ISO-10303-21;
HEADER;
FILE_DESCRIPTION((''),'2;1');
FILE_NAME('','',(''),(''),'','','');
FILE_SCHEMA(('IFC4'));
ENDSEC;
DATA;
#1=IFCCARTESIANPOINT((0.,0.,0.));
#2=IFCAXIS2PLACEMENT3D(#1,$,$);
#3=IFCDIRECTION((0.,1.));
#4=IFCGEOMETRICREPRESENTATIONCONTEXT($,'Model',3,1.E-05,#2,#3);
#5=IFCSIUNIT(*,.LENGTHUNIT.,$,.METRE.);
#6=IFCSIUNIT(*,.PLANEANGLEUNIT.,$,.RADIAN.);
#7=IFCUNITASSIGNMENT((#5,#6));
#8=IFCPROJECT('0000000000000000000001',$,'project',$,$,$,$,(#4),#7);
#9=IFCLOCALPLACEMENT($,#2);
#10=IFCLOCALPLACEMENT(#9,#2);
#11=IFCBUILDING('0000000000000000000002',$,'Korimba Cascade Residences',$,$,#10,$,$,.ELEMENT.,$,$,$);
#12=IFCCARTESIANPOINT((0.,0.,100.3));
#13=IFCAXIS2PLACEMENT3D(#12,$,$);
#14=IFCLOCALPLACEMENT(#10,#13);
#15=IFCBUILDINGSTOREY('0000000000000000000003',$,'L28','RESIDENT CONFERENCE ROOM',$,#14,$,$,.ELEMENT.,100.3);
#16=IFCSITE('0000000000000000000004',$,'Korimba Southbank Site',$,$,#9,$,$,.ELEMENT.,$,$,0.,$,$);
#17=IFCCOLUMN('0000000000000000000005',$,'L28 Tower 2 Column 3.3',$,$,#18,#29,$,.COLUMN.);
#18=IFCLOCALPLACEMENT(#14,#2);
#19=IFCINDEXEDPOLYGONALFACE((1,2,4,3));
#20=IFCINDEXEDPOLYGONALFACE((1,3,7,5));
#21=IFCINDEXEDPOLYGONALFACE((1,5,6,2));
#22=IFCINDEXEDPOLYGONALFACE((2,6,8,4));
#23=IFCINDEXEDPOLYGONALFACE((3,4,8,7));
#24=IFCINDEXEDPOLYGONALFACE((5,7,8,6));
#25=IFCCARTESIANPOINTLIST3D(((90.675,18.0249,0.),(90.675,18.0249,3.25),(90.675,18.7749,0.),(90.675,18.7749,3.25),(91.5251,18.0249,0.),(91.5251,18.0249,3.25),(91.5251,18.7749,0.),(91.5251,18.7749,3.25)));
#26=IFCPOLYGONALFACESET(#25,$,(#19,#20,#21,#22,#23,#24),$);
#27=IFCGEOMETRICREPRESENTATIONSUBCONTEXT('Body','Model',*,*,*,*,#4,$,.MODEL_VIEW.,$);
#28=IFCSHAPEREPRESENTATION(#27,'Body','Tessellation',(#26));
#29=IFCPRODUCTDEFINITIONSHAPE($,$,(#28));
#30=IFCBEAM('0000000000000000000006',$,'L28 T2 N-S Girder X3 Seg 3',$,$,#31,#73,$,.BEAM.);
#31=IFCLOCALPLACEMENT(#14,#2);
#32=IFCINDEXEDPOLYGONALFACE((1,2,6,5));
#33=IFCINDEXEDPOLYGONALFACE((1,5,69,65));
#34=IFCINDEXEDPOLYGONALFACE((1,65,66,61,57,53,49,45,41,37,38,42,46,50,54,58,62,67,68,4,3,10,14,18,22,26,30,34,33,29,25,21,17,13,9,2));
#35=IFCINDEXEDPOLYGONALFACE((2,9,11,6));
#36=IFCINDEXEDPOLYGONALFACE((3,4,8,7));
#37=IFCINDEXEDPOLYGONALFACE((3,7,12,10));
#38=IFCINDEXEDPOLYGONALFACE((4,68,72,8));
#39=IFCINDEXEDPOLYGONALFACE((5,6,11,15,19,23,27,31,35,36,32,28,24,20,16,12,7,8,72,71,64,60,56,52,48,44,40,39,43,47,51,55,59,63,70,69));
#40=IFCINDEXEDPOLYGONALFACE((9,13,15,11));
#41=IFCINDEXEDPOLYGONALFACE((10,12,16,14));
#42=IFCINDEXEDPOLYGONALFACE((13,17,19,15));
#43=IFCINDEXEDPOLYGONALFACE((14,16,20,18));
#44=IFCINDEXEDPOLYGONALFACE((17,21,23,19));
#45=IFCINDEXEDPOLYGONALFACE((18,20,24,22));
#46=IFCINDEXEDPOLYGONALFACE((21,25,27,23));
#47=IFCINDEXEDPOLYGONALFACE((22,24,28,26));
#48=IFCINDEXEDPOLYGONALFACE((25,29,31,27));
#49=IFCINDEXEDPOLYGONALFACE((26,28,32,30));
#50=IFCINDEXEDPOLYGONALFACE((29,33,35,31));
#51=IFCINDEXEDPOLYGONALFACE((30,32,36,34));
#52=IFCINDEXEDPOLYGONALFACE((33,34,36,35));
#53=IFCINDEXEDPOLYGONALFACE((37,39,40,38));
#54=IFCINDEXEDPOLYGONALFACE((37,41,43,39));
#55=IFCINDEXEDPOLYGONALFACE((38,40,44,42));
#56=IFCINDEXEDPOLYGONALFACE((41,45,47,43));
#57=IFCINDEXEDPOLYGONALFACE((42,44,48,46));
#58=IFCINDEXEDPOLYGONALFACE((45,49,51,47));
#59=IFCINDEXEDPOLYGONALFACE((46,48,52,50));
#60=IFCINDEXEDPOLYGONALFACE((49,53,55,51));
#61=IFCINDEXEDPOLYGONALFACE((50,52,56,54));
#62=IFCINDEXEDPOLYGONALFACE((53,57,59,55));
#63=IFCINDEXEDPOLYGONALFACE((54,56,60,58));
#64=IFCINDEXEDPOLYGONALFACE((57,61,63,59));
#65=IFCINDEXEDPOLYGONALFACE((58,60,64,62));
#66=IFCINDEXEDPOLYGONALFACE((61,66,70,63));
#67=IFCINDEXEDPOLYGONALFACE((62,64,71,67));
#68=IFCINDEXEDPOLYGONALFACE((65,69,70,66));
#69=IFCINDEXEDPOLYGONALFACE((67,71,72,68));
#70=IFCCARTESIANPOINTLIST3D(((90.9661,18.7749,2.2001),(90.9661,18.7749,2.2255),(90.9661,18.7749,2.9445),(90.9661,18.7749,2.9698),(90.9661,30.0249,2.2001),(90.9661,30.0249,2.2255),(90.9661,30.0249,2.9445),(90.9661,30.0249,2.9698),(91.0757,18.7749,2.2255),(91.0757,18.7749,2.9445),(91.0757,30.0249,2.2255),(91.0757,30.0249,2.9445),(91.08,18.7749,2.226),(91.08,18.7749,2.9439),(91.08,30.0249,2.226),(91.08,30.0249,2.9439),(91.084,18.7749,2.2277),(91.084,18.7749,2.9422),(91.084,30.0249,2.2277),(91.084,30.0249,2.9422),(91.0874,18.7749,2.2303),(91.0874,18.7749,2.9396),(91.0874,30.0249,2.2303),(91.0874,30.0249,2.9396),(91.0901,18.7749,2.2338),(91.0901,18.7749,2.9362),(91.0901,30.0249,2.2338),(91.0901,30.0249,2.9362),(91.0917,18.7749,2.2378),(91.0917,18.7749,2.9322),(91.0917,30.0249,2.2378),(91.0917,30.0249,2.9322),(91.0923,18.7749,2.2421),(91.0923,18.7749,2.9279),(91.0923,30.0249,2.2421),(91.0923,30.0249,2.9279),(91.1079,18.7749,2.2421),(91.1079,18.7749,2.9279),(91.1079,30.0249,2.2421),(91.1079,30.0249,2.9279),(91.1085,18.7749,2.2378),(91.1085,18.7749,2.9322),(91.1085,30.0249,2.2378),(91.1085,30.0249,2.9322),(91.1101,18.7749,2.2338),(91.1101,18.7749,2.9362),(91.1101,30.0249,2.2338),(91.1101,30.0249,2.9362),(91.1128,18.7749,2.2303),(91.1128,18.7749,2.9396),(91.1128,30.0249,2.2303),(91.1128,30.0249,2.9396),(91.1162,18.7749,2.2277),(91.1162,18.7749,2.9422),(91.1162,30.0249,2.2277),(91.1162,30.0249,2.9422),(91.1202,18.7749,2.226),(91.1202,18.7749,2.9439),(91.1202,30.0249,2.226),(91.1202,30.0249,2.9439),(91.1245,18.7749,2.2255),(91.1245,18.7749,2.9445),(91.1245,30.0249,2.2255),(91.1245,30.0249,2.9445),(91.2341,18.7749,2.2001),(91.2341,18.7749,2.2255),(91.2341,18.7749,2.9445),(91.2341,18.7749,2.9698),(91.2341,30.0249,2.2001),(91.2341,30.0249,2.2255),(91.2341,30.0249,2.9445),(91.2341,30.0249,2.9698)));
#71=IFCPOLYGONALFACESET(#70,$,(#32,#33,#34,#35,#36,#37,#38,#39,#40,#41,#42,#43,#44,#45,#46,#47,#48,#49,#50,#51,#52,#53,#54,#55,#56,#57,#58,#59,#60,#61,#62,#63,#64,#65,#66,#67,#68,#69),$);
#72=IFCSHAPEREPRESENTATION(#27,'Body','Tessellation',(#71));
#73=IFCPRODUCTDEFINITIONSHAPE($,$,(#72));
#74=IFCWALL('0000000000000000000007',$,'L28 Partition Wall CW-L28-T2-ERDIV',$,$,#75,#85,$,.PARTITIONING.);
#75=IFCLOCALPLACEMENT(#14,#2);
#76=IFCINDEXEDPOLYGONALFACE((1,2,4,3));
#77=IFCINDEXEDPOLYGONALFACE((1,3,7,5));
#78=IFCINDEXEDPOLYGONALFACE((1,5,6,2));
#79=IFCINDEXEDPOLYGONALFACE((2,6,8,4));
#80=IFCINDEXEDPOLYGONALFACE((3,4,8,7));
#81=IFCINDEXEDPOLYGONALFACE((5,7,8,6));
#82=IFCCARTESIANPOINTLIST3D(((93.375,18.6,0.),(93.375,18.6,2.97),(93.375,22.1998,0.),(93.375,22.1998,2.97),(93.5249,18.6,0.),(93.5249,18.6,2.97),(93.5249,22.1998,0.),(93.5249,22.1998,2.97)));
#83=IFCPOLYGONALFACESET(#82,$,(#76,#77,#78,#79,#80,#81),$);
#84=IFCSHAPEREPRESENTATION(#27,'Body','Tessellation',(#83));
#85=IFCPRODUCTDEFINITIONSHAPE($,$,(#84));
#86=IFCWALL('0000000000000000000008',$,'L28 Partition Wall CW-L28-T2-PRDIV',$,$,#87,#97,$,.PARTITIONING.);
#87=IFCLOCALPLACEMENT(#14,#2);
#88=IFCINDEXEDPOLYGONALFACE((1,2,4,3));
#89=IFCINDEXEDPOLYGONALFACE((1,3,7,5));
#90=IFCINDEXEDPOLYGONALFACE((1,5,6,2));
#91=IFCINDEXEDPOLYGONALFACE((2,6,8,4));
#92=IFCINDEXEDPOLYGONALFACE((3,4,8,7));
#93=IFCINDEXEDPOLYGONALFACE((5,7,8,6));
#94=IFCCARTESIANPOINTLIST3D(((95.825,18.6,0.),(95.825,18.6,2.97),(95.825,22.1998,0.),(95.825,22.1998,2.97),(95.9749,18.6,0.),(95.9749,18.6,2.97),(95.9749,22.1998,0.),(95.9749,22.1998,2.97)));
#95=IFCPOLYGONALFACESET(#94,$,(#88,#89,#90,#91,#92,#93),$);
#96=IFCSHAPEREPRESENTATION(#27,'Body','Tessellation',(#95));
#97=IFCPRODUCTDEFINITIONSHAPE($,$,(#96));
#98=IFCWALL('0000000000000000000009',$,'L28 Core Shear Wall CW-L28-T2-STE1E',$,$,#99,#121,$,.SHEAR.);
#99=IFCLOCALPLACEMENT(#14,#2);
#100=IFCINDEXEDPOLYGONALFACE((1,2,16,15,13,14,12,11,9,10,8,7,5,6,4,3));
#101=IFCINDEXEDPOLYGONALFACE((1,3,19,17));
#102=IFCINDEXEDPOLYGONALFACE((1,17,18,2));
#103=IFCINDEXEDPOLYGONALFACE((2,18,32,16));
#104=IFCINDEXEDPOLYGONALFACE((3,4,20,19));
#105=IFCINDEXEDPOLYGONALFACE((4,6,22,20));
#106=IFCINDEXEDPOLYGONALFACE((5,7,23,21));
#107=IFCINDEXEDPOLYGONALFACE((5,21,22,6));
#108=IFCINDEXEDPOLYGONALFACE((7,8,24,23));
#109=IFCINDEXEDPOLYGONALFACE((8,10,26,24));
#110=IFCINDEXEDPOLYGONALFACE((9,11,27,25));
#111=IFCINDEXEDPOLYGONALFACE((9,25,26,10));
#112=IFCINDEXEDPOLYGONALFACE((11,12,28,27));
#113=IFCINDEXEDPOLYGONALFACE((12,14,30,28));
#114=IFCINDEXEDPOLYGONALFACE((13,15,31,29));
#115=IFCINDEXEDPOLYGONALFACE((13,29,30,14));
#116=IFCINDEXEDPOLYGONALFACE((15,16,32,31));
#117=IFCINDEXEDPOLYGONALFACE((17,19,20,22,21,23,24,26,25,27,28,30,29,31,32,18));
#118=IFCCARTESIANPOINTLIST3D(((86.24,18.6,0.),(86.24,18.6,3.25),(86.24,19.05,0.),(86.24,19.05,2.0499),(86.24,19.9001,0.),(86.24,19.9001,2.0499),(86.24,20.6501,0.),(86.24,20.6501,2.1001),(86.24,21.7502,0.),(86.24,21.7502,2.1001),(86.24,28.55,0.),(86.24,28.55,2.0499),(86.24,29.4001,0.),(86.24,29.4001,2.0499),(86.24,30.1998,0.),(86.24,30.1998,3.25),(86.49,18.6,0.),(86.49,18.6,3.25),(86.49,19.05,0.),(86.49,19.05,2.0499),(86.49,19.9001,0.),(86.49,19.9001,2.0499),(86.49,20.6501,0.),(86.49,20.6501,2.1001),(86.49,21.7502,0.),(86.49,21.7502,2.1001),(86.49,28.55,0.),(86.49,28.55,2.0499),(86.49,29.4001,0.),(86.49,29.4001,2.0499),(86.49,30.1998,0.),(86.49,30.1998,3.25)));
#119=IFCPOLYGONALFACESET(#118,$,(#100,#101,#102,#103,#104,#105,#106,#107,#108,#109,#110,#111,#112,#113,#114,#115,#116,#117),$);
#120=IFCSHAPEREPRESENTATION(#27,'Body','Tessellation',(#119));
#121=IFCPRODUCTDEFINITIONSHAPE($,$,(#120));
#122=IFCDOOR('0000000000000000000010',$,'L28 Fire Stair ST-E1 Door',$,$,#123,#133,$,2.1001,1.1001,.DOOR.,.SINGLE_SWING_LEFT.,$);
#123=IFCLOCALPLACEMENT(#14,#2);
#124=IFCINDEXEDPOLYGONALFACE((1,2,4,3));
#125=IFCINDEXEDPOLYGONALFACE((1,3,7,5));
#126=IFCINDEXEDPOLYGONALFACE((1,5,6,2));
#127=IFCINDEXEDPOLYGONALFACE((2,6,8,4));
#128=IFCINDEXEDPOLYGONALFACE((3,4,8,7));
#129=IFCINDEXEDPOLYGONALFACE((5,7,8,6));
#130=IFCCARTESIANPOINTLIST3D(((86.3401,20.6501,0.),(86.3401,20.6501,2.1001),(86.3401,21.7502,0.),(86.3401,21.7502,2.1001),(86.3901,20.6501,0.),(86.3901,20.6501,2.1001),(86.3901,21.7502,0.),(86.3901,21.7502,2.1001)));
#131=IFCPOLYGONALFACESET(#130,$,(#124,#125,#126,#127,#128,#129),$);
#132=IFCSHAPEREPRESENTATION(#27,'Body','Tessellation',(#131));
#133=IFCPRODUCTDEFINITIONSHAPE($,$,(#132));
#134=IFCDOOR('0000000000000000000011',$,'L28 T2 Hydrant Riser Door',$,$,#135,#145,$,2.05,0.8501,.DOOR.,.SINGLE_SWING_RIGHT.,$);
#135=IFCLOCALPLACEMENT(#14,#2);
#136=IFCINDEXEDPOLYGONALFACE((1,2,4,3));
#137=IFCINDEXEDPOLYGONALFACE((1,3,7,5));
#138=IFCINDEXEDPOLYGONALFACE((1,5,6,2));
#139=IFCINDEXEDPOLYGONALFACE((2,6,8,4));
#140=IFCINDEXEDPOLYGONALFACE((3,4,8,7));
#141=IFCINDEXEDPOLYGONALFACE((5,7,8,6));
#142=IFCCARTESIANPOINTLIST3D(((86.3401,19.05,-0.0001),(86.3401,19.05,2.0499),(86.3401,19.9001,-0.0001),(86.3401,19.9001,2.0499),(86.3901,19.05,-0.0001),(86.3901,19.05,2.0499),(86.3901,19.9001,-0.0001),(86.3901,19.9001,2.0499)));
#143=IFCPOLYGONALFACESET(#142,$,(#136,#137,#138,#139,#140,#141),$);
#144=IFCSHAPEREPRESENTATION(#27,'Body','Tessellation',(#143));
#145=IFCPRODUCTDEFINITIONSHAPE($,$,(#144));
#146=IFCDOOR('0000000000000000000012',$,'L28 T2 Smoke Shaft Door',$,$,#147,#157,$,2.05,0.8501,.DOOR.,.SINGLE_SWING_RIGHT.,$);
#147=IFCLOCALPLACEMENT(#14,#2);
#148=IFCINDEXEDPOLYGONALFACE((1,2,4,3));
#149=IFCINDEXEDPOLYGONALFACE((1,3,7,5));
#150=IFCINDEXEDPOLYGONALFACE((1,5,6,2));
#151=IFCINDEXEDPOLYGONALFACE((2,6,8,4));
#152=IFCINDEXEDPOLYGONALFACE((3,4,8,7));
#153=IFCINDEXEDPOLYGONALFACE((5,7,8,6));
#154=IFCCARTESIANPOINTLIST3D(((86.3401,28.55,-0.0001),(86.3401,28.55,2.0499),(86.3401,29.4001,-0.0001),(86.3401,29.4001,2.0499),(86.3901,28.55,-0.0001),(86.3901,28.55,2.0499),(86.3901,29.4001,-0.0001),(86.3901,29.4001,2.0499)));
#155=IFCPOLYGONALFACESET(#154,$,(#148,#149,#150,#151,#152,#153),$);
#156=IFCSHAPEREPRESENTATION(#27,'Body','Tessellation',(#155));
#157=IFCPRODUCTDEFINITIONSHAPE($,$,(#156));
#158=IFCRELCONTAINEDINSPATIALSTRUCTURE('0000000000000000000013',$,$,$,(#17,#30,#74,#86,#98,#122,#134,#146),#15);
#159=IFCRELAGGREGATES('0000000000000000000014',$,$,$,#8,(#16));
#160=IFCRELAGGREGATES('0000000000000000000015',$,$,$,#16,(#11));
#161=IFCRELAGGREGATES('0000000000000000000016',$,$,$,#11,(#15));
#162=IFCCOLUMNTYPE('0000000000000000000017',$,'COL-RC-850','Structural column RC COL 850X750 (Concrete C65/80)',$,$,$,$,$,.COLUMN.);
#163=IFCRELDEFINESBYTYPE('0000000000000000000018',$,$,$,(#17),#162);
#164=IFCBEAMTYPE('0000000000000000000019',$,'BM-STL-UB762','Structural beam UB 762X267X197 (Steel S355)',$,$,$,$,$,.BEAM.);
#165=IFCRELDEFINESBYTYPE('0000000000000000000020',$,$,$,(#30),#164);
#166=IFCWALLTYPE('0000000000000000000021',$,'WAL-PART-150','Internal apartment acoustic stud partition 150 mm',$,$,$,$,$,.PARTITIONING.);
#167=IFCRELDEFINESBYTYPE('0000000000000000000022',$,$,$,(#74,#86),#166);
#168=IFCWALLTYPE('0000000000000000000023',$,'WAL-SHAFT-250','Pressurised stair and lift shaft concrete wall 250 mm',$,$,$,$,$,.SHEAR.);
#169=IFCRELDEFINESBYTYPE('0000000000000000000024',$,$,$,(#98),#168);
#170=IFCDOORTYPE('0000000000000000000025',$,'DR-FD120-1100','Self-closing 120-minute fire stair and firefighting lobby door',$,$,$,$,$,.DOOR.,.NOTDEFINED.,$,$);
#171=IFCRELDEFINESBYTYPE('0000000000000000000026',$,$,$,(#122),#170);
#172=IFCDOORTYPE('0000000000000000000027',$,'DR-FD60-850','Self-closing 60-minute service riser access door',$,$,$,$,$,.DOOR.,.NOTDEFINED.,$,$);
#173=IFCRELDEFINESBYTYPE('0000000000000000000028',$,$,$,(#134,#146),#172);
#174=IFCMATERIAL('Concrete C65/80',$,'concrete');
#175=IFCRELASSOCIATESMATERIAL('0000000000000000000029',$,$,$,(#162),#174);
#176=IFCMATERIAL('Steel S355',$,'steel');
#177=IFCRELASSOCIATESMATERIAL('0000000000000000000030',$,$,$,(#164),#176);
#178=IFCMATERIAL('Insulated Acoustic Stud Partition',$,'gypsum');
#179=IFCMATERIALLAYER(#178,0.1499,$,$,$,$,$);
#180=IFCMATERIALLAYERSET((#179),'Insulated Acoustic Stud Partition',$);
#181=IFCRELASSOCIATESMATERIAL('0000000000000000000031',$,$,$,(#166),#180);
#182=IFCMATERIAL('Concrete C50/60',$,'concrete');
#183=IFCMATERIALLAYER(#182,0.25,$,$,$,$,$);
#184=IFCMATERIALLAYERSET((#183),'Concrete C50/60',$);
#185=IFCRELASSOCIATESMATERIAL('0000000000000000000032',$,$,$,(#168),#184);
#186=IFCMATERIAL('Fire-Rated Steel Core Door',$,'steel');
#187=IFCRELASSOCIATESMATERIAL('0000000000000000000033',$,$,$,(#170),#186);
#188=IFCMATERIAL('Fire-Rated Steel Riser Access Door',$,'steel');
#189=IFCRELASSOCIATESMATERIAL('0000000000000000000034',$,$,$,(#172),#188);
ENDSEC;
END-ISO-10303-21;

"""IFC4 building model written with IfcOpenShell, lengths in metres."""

from ifc_helpers import new_model, si_unit, direction, frame, frame_2d, origin, origin_2d, place, context, subcontext, project, spatial, rectangle, i_section, extrude, material, layer, layer_set, material_profile, profile_set, type_object, element, fill, save


model = new_model("IFC4")

# Units and contexts
model_context = context("Model", 3, precision=1e-05, world=origin(), true_north=direction((0.0, 1.0)))
body_context = subcontext(model_context, "Body", "Model", "MODEL_VIEW")
ifc_project = project(units=[si_unit("LENGTHUNIT", "METRE"), si_unit("PLANEANGLEUNIT", "RADIAN")], contexts=[model_context])

# Site, building, storey
site_placement = place(None, origin())
site = spatial("IfcSite", under=ifc_project, at=site_placement, Name="Korimba Southbank Site", CompositionType="ELEMENT", RefElevation=0.0)
building_placement = place(site_placement, origin())
building = spatial("IfcBuilding", under=site, at=building_placement, Name="Korimba Cascade Residences", CompositionType="ELEMENT")
storey_placement = place(building_placement, frame((0.0, 0.0, 100.3)))
storey = spatial("IfcBuildingStorey", under=building, at=storey_placement, Name="L28", Description="RESIDENT CONFERENCE ROOM", CompositionType="ELEMENT", Elevation=100.3)

# Column
ifc_material_1 = material(Name="Concrete C65/80", Category="concrete")
ifc_material_profile_1 = material_profile(ifc_material_1, rectangle(XDim=0.8501, YDim=0.75, at=origin_2d()), Name="Concrete C65/80")
ifc_profile_set_1 = profile_set([ifc_material_profile_1], Name="Concrete C65/80")
column_type = type_object("IfcColumnType", Name="COL-RC-850", Description="Structural column RC COL 850X750 (Concrete C65/80)", PredefinedType="COLUMN", material=ifc_profile_set_1)
column_placement = place(storey_placement, frame((91.1001, 18.3999, 0.0), z_axis=(0.0, 0.0, 1.0), x_axis=(1.0, 0.0, 0.0)))
element("IfcColumn", 1, at=column_placement, inside=storey, type_object=column_type, Name="L28 Tower 2 Column 3.3", PredefinedType="COLUMN", context=body_context, shape_type="SweptSolid", body=[
    extrude(rectangle(XDim=0.8501, YDim=0.75, at=origin_2d()), origin(), (0.0, 0.0, 1.0), 3.25),
])

# Beam
ifc_material_2 = material(Name="Steel S355", Category="steel")
ifc_material_profile_2 = material_profile(ifc_material_2, i_section(OverallWidth=0.2681, OverallDepth=0.7698, WebThickness=0.0156, FlangeThickness=0.0254, FilletRadius=0.0166, at=origin_2d()), Name="Steel S355")
ifc_profile_set_2 = profile_set([ifc_material_profile_2], Name="Steel S355")
beam_type = type_object("IfcBeamType", Name="BM-STL-UB762", Description="Structural beam UB 762X267X197 (Steel S355)", PredefinedType="BEAM", material=ifc_profile_set_2)
beam_placement = place(storey_placement, frame((91.1001, 18.7749, 2.585), z_axis=(0.0, 1.0, 0.0), x_axis=(-1.0, 0.0, 0.0)))
element("IfcBeam", 2, at=beam_placement, inside=storey, type_object=beam_type, Name="L28 T2 N-S Girder X3 Seg 3", PredefinedType="BEAM", context=body_context, shape_type="SweptSolid", body=[
    extrude(i_section(OverallWidth=0.2681, OverallDepth=0.7698, WebThickness=0.0156, FlangeThickness=0.0254, FilletRadius=0.0166, at=origin_2d()), origin(), (0.0, 0.0, 1.0), 11.25),
])

# Walls
ifc_material_3 = material(Name="Insulated Acoustic Stud Partition", Category="gypsum")
ifc_layer_1 = layer(ifc_material_3, 0.1499)
ifc_layer_set_1 = layer_set([ifc_layer_1], Name="Insulated Acoustic Stud Partition")
wall_type_1 = type_object("IfcWallType", Name="WAL-PART-150", Description="Internal apartment acoustic stud partition 150 mm", PredefinedType="PARTITIONING", material=ifc_layer_set_1)
for number, where, z_axis, x_axis, name in (
    (3, (93.45, 18.6001, 0.0), (0.0, 0.0, 1.0), (0.0, 1.0, 0.0), "L28 Partition Wall CW-L28-T2-ERDIV"),
    (4, (95.8999, 18.6001, 0.0), (0.0, 0.0, 1.0), (0.0, 1.0, 0.0), "L28 Partition Wall CW-L28-T2-PRDIV"),
):
    element("IfcWall", number, at=place(storey_placement, frame(where, z_axis=z_axis, x_axis=x_axis)), inside=storey, type_object=wall_type_1, Name=name, PredefinedType="PARTITIONING", context=body_context, shape_type="SweptSolid", body=[
        extrude(rectangle(XDim=3.5999, YDim=0.1499, at=frame_2d((1.7998, 0.0))), origin(), (0.0, 0.0, 1.0), 2.97),
    ])

# Wall, openings, doors
ifc_material_4 = material(Name="Concrete C50/60", Category="concrete")
ifc_layer_2 = layer(ifc_material_4, 0.25)
ifc_layer_set_2 = layer_set([ifc_layer_2], Name="Concrete C50/60")
wall_type_2 = type_object("IfcWallType", Name="WAL-SHAFT-250", Description="Pressurised stair and lift shaft concrete wall 250 mm", PredefinedType="SHEAR", material=ifc_layer_set_2)
wall_1_placement = place(storey_placement, frame((86.365, 18.6001, 0.0), z_axis=(0.0, 0.0, 1.0), x_axis=(0.0, 1.0, 0.0)))
wall_1 = element("IfcWall", 5, at=wall_1_placement, inside=storey, type_object=wall_type_2, Name="L28 Core Shear Wall CW-L28-T2-STE1E", PredefinedType="SHEAR", context=body_context, shape_type="SweptSolid", body=[
    extrude(rectangle(XDim=11.5999, YDim=0.25, at=frame_2d((5.7998, 0.0))), origin(), (0.0, 0.0, 1.0), 3.25),
])
opening_1_placement = place(wall_1_placement, frame((0.45, 0.0, 0.0)))
opening_1 = element("IfcOpeningElement", 6, at=opening_1_placement, cuts=wall_1, PredefinedType="OPENING", context=body_context, shape_type="SweptSolid", body=[
    extrude(rectangle(XDim=0.8501, YDim=2.05, at=frame_2d((0.425, 1.0249))), frame((0.0, 0.135, 0.0), z_axis=(0.0, -1.0, 0.0), x_axis=(1.0, 0.0, 0.0)), (0.0, 0.0, 1.0), 0.27),
])
opening_2_placement = place(wall_1_placement, frame((2.05, 0.0, 0.0)))
opening_2 = element("IfcOpeningElement", 7, at=opening_2_placement, cuts=wall_1, PredefinedType="OPENING", context=body_context, shape_type="SweptSolid", body=[
    extrude(rectangle(XDim=1.1001, YDim=2.1001, at=frame_2d((0.55, 1.05))), frame((0.0, 0.135, 0.0), z_axis=(0.0, -1.0, 0.0), x_axis=(1.0, 0.0, 0.0)), (0.0, 0.0, 1.0), 0.27),
])
opening_3_placement = place(wall_1_placement, frame((9.95, 0.0, 0.0)))
opening_3 = element("IfcOpeningElement", 8, at=opening_3_placement, cuts=wall_1, PredefinedType="OPENING", context=body_context, shape_type="SweptSolid", body=[
    extrude(rectangle(XDim=0.8501, YDim=2.05, at=frame_2d((0.425, 1.0249))), frame((0.0, 0.135, 0.0), z_axis=(0.0, -1.0, 0.0), x_axis=(1.0, 0.0, 0.0)), (0.0, 0.0, 1.0), 0.27),
])
ifc_material_5 = material(Name="Fire-Rated Steel Core Door", Category="steel")
door_type_1 = type_object("IfcDoorType", Name="DR-FD120-1100", Description="Self-closing 120-minute fire stair and firefighting lobby door", OperationType="NOTDEFINED", PredefinedType="DOOR", material=ifc_material_5)
door_1_placement = place(opening_2_placement, origin())
door_1 = element("IfcDoor", 9, at=door_1_placement, inside=storey, type_object=door_type_1, Name="L28 Fire Stair ST-E1 Door", OperationType="SINGLE_SWING_LEFT", OverallHeight=2.1001, OverallWidth=1.1001, PredefinedType="DOOR", context=body_context, shape_type="SweptSolid", body=[
    extrude(rectangle(XDim=1.1001, YDim=2.1001, at=frame_2d((0.55, 1.05))), frame((0.0, 0.0249, 0.0), z_axis=(0.0, -1.0, 0.0), x_axis=(1.0, 0.0, 0.0)), (0.0, 0.0, 1.0), 0.05),
])
fill(opening_2, door_1)
ifc_material_6 = material(Name="Fire-Rated Steel Riser Access Door", Category="steel")
door_type_2 = type_object("IfcDoorType", Name="DR-FD60-850", Description="Self-closing 60-minute service riser access door", OperationType="NOTDEFINED", PredefinedType="DOOR", material=ifc_material_6)
door_2_placement = place(opening_1_placement, origin())
door_2 = element("IfcDoor", 10, at=door_2_placement, inside=storey, type_object=door_type_2, Name="L28 T2 Hydrant Riser Door", OperationType="SINGLE_SWING_RIGHT", OverallHeight=2.05, OverallWidth=0.8501, PredefinedType="DOOR", context=body_context, shape_type="SweptSolid", body=[
    extrude(rectangle(XDim=0.8501, YDim=2.05, at=frame_2d((0.425, 1.0249))), frame((0.0, 0.0249, 0.0), z_axis=(0.0, -1.0, 0.0), x_axis=(1.0, 0.0, 0.0)), (0.0, 0.0, 1.0), 0.05),
])
fill(opening_1, door_2)
door_3_placement = place(opening_3_placement, origin())
door_3 = element("IfcDoor", 11, at=door_3_placement, inside=storey, type_object=door_type_2, Name="L28 T2 Smoke Shaft Door", OperationType="SINGLE_SWING_RIGHT", OverallHeight=2.05, OverallWidth=0.8501, PredefinedType="DOOR", context=body_context, shape_type="SweptSolid", body=[
    extrude(rectangle(XDim=0.8501, YDim=2.05, at=frame_2d((0.425, 1.0249))), frame((0.0, 0.0249, 0.0), z_axis=(0.0, -1.0, 0.0), x_axis=(1.0, 0.0, 0.0)), (0.0, 0.0, 1.0), 0.05),
])
fill(opening_3, door_3)

save(model, "model.ifc")
